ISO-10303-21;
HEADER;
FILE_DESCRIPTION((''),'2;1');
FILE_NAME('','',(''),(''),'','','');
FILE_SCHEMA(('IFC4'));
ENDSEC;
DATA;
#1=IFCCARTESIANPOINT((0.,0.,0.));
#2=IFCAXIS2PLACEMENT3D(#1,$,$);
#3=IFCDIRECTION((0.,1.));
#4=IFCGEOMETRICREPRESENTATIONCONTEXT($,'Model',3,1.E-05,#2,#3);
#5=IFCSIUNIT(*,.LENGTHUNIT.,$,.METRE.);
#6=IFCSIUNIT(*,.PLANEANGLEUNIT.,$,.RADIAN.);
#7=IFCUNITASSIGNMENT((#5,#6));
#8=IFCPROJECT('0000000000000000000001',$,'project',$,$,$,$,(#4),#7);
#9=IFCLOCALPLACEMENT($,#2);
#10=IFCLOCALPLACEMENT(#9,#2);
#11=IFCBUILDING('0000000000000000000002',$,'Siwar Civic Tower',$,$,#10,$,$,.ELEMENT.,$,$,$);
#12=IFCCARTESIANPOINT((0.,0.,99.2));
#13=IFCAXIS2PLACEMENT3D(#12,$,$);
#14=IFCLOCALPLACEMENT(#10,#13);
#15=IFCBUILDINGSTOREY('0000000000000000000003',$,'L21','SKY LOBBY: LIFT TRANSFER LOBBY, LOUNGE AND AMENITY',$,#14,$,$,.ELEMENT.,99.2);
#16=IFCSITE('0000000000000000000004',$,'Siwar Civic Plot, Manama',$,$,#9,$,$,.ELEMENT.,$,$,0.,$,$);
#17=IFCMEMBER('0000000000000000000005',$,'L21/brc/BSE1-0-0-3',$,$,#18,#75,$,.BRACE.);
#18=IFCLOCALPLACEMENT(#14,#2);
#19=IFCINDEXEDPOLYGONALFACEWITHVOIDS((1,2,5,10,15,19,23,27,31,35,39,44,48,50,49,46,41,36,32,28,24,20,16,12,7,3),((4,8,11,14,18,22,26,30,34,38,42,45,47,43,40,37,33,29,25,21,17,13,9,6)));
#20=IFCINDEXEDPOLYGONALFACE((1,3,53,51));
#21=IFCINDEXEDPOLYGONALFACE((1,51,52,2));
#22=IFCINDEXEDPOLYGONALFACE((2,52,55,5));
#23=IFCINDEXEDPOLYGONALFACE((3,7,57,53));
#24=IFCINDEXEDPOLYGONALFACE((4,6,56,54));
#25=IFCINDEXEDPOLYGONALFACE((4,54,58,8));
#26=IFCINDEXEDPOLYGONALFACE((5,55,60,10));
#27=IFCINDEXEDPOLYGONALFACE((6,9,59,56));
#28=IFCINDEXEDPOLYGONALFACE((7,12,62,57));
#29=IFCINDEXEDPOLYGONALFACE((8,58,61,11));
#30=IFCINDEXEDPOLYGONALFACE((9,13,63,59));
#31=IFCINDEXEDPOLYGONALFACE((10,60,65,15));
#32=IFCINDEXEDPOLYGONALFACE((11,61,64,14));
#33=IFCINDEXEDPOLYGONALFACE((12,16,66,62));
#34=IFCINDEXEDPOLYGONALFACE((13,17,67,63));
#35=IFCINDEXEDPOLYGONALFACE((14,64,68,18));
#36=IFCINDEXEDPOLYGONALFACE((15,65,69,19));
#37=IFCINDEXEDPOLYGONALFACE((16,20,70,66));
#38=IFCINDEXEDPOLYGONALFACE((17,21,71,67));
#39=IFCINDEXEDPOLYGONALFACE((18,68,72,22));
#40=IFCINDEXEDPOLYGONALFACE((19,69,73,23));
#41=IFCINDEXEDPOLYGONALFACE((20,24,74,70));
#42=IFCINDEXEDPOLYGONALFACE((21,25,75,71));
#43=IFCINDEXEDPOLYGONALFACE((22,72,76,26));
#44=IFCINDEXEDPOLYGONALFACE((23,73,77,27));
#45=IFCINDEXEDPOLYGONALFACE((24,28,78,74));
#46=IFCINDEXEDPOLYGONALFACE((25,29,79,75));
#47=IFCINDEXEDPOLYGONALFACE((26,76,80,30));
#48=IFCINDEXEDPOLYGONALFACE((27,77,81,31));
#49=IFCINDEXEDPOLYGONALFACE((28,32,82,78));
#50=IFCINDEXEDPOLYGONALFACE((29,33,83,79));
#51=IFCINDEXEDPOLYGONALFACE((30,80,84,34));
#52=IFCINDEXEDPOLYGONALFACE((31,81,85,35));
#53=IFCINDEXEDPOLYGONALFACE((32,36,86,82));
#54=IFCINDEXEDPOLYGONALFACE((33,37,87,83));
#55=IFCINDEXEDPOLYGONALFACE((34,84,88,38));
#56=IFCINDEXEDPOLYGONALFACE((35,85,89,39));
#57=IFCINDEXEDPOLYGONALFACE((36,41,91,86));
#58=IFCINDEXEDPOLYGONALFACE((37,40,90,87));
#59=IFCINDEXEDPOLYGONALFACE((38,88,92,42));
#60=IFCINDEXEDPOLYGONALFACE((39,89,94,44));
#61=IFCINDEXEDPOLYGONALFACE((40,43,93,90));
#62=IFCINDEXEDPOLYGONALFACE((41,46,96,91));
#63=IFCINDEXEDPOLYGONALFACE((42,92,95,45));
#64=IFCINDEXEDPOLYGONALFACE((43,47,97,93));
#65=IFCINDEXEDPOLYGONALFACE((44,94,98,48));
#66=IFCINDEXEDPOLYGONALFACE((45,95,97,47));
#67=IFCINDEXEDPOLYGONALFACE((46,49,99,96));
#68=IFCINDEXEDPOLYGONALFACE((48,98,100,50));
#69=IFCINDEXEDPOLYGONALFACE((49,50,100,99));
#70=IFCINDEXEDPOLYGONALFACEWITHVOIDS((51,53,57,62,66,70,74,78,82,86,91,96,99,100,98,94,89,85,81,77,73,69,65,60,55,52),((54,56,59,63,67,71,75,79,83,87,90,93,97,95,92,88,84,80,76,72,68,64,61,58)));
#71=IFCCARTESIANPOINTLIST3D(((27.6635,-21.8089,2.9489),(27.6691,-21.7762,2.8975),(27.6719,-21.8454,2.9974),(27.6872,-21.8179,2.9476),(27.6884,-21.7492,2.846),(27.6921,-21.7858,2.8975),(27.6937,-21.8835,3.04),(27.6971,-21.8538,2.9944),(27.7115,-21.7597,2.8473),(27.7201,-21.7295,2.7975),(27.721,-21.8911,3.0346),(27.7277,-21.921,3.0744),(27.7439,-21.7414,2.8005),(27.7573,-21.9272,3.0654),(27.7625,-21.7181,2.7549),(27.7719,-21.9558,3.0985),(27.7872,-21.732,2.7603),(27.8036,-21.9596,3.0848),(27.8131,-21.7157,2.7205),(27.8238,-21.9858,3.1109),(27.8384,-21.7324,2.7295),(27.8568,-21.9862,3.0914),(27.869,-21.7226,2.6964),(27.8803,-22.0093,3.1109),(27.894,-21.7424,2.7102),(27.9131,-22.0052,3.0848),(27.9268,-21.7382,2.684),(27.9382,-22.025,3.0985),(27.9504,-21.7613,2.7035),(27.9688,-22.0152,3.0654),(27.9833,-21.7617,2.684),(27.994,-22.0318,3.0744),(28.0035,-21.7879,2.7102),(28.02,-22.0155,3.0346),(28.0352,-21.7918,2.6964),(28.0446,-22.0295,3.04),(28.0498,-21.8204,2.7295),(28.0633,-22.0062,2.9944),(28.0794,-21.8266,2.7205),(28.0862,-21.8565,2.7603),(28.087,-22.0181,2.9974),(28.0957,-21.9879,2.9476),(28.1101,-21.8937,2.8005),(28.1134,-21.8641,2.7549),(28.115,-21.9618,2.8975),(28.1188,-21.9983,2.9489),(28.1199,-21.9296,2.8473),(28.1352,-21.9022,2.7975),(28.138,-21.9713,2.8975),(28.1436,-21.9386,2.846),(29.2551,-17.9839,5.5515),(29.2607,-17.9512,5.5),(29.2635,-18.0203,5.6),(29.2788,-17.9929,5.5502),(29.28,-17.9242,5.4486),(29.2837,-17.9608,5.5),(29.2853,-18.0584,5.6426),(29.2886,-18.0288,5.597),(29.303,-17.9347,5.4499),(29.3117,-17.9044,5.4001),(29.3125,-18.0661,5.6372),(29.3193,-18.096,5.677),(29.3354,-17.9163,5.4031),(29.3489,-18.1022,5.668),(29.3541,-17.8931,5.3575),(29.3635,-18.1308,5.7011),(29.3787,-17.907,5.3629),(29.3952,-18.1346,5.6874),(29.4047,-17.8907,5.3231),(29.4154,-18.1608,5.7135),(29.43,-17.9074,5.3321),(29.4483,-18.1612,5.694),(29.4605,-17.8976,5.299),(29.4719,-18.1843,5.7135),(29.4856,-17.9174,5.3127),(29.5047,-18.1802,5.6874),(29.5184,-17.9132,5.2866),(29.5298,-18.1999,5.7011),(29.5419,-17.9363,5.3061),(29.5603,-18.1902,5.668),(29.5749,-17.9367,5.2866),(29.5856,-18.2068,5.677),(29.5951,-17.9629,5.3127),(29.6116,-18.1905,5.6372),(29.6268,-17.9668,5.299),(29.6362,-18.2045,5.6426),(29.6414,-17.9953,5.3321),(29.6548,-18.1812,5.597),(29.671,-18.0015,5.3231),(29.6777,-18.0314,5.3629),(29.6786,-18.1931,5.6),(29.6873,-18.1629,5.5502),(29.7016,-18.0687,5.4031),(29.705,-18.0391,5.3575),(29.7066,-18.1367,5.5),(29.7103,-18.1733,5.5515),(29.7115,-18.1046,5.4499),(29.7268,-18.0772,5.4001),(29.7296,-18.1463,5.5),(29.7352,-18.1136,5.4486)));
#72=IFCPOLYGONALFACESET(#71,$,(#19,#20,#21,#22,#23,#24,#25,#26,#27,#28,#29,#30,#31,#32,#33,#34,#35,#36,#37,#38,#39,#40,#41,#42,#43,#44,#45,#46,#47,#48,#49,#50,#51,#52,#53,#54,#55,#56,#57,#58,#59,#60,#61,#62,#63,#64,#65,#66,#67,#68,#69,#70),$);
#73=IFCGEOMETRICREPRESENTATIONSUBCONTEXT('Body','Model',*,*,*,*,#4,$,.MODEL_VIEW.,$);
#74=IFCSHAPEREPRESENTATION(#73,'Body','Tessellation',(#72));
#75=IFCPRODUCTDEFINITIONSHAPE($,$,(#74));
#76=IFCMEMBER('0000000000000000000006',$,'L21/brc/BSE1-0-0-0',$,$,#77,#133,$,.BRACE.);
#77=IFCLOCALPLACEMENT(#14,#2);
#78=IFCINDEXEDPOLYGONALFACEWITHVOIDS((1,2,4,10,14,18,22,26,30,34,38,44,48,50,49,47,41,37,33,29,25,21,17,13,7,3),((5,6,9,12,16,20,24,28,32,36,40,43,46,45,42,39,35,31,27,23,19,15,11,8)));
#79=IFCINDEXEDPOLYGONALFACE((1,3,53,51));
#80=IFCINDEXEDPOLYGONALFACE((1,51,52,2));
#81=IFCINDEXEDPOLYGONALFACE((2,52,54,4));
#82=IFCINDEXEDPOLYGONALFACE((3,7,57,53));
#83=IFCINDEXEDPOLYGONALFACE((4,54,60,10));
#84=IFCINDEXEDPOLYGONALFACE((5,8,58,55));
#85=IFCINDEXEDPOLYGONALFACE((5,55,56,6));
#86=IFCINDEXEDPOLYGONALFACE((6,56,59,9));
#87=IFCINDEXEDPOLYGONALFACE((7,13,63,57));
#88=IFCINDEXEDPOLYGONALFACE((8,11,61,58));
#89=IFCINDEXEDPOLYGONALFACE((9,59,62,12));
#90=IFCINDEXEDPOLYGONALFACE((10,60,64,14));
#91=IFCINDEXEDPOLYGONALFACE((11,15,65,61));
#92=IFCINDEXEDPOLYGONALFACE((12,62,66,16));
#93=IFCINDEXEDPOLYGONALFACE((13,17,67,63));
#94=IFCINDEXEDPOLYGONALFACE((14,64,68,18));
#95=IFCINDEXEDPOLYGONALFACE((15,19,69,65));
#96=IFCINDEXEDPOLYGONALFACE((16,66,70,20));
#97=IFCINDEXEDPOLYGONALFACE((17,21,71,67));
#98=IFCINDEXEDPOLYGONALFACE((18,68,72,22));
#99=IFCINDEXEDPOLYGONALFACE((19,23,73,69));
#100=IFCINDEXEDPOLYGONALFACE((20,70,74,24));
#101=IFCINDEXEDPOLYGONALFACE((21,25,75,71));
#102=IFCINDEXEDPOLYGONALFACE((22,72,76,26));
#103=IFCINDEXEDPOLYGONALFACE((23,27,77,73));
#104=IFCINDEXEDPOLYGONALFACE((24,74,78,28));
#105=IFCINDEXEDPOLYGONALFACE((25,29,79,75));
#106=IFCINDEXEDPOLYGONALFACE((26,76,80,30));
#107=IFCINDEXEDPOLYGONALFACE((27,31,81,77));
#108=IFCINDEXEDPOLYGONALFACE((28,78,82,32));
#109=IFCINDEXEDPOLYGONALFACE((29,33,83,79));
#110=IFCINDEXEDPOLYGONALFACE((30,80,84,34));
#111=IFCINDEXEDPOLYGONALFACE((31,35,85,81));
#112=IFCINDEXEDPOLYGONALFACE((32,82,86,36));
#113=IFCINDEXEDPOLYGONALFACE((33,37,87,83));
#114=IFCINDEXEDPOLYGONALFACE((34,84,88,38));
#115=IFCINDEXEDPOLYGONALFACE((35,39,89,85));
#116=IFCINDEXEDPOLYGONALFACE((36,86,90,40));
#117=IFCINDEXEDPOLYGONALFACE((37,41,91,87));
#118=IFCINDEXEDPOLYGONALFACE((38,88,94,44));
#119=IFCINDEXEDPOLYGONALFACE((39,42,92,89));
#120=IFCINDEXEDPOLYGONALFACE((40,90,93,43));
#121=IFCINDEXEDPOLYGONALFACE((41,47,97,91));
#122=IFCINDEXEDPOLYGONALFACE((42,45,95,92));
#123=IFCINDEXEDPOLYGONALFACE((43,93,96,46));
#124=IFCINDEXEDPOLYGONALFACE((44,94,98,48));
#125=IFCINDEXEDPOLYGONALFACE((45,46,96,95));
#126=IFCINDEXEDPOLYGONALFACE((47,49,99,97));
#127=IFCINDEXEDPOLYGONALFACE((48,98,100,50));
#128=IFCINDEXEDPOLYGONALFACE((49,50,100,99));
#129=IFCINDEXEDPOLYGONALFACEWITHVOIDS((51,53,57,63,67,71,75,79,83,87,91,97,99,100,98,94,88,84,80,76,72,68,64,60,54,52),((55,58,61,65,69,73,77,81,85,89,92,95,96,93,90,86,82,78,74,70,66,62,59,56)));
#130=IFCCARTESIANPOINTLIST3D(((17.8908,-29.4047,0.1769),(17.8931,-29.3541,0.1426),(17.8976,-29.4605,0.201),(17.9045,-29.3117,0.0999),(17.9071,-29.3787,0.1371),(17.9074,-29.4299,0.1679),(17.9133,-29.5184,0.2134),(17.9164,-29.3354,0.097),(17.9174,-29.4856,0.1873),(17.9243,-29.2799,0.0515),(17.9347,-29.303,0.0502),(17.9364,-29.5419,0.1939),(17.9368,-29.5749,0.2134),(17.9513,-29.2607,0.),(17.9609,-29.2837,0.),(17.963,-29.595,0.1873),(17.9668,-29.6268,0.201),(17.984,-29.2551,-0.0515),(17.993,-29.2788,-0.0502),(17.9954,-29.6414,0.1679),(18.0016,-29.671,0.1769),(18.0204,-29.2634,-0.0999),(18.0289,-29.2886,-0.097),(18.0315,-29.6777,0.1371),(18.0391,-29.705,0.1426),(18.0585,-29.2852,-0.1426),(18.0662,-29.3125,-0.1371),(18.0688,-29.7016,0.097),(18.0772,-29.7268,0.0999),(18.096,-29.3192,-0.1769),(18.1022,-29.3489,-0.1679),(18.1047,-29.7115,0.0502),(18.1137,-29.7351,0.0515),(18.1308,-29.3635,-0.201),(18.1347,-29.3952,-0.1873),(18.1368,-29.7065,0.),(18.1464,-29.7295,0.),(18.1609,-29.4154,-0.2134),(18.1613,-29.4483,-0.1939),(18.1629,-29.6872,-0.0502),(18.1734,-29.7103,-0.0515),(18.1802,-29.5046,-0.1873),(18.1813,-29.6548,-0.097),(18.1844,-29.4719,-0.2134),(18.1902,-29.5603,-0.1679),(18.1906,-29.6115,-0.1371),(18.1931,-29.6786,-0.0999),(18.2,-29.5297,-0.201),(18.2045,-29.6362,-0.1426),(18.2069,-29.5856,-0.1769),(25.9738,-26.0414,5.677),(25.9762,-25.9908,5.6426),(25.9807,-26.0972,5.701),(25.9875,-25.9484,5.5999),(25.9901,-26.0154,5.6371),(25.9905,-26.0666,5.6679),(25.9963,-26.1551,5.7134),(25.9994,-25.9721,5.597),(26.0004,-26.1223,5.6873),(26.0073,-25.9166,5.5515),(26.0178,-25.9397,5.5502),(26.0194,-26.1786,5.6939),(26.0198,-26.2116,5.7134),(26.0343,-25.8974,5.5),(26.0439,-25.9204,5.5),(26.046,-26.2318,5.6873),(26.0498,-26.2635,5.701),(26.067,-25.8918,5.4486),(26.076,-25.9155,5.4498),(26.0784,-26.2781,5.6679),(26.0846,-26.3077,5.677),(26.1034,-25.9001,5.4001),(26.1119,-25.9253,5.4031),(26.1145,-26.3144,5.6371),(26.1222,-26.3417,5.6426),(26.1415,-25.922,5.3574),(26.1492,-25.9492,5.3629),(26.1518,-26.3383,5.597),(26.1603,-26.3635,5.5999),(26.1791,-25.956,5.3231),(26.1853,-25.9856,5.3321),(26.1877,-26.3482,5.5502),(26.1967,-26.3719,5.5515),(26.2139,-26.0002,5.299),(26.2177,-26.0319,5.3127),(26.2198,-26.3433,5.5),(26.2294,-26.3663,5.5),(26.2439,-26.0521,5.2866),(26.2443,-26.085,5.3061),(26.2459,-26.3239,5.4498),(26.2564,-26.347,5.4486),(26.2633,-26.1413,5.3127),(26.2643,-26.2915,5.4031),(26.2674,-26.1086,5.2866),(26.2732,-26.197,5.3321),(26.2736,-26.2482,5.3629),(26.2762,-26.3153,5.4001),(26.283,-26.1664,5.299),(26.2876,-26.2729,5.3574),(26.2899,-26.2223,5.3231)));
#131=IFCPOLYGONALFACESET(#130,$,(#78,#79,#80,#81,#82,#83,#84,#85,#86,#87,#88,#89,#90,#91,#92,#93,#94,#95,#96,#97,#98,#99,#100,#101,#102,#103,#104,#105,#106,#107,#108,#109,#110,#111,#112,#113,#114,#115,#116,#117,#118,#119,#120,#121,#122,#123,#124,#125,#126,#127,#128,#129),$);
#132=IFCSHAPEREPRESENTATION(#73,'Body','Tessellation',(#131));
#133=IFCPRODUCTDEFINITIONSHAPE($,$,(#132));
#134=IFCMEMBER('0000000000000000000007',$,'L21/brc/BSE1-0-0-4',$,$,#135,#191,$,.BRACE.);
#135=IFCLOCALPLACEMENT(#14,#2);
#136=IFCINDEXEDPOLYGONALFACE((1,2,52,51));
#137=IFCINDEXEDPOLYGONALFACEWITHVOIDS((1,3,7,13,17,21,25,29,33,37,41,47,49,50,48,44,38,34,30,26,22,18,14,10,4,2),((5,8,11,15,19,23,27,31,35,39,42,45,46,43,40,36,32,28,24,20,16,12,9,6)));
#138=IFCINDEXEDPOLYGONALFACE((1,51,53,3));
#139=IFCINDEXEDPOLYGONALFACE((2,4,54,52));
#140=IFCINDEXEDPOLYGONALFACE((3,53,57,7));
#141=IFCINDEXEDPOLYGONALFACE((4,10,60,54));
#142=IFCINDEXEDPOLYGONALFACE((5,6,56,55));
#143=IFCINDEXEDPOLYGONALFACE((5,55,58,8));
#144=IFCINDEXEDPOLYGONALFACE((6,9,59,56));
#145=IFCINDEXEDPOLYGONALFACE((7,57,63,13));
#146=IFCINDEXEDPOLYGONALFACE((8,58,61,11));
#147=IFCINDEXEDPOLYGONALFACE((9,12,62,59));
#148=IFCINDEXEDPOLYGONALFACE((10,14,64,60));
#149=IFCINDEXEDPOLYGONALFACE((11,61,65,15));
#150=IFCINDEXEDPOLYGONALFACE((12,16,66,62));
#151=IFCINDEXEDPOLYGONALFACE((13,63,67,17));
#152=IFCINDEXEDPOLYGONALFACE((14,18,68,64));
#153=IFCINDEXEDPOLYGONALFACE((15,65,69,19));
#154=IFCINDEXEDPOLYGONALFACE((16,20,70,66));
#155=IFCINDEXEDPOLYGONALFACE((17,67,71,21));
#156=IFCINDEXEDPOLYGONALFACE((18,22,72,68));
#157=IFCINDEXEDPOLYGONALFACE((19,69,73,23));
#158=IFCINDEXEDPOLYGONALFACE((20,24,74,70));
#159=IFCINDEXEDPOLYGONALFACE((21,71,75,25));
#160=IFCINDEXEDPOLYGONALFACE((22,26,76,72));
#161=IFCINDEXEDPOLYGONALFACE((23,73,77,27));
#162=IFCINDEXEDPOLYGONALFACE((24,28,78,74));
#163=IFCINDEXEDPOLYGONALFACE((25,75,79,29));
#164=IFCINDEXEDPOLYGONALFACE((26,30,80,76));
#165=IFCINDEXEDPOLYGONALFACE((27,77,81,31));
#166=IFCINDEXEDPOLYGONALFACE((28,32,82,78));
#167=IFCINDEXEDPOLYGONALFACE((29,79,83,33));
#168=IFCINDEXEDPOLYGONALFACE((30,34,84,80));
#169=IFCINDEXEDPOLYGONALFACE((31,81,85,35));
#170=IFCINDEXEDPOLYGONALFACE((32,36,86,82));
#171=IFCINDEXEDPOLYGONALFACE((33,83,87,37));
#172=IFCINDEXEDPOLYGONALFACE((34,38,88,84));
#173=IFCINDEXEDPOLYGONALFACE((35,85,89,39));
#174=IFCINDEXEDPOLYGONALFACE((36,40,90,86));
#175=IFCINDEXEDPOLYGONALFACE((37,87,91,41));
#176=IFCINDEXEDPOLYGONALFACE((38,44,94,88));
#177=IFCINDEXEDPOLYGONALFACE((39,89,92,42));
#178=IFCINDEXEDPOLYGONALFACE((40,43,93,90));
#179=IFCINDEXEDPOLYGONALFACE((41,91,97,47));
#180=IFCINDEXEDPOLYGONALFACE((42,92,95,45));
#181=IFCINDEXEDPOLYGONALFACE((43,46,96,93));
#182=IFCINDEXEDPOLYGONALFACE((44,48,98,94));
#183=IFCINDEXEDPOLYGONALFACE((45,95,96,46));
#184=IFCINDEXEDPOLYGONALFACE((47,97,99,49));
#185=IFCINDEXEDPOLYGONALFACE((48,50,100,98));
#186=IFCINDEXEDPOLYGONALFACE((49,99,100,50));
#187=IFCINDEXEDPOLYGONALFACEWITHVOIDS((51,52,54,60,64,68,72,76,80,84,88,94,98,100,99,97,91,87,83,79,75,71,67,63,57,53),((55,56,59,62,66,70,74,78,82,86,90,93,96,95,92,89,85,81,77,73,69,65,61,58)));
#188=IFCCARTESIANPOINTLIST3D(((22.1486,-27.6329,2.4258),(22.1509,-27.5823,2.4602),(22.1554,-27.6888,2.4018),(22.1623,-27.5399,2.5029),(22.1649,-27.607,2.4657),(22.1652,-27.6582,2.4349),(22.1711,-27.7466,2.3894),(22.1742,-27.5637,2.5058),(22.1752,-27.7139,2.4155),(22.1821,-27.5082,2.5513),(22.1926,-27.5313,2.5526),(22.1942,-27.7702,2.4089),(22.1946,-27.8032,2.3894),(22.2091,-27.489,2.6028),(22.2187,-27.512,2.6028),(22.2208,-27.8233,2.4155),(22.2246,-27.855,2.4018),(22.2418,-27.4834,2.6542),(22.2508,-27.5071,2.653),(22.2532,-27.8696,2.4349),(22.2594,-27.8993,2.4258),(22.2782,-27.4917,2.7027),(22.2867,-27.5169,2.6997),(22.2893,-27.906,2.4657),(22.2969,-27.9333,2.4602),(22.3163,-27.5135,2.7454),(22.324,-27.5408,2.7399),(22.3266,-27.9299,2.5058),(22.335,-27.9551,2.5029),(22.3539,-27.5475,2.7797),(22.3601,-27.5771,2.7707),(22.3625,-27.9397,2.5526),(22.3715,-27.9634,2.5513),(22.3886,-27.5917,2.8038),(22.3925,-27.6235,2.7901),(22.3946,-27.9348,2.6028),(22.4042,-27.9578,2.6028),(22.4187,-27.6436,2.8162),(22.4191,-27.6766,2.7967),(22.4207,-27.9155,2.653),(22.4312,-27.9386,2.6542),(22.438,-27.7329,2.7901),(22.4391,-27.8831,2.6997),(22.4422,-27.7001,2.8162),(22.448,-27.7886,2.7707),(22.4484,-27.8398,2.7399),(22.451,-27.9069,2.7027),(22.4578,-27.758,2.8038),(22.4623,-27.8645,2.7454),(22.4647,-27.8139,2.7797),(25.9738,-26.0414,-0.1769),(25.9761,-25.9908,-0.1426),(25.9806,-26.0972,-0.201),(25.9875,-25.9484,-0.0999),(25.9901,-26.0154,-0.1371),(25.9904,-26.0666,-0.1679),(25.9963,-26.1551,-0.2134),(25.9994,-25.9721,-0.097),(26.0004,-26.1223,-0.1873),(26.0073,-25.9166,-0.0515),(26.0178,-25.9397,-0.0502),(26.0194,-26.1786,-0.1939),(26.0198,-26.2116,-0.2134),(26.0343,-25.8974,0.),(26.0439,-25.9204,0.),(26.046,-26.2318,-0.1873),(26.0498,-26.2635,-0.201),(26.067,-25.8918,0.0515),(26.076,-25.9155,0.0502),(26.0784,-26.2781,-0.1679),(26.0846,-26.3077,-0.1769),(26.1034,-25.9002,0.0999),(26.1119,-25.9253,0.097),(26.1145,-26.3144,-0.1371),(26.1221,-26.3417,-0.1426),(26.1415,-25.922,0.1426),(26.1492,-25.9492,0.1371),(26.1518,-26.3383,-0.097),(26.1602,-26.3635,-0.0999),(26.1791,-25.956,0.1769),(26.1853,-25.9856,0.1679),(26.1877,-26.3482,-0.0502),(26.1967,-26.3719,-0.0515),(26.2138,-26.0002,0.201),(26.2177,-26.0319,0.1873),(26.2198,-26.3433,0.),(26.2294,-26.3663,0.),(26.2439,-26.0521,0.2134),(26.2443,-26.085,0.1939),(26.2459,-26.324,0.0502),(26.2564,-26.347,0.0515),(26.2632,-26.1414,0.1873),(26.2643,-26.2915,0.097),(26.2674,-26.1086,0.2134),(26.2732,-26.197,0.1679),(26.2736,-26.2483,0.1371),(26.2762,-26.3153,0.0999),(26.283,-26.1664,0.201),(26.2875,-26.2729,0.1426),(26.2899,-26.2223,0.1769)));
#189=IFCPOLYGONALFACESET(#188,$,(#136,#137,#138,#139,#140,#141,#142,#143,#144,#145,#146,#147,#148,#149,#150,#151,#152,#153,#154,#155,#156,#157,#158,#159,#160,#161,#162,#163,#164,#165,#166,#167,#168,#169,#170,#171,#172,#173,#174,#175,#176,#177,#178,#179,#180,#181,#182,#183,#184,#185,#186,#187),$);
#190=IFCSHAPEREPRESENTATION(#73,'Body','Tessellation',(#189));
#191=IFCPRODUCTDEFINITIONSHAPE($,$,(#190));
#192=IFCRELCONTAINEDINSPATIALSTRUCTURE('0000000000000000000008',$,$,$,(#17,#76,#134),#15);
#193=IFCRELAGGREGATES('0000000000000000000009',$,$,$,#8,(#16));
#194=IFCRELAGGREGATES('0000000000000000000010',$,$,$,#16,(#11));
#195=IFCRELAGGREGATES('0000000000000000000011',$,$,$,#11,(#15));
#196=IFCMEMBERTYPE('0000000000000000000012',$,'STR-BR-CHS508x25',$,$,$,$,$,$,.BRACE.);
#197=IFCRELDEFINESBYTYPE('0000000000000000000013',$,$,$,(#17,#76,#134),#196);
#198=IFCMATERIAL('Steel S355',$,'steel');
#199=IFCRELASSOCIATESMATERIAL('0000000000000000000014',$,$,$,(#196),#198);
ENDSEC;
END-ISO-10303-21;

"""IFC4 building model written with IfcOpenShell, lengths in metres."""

from ifc_helpers import new_model, si_unit, direction, frame, origin, origin_2d, place, context, subcontext, project, spatial, hollow_circle, extrude, material, material_profile, profile_set, type_object, element, save


model = new_model("IFC4")

# Units and contexts
model_context = context("Model", 3, precision=1e-05, world=origin(), true_north=direction((0.0, 1.0)))
body_context = subcontext(model_context, "Body", "Model", "MODEL_VIEW")
ifc_project = project(units=[si_unit("LENGTHUNIT", "METRE"), si_unit("PLANEANGLEUNIT", "RADIAN")], contexts=[model_context])

# Site, building, storey
site_placement = place(None, origin())
site = spatial("IfcSite", under=ifc_project, at=site_placement, Name="Siwar Civic Plot, Manama", CompositionType="ELEMENT", RefElevation=0.0)
building_placement = place(site_placement, origin())
building = spatial("IfcBuilding", under=site, at=building_placement, Name="Siwar Civic Tower", CompositionType="ELEMENT")
storey_placement = place(building_placement, frame((0.0, 0.0, 99.2)))
storey = spatial("IfcBuildingStorey", under=building, at=storey_placement, Name="L21", Description="SKY LOBBY: LIFT TRANSFER LOBBY, LOUNGE AND AMENITY", CompositionType="ELEMENT", Elevation=99.2)

# Members
ifc_material_1 = material(Name="Steel S355", Category="steel")
ifc_material_profile_1 = material_profile(ifc_material_1, hollow_circle(Radius=0.2539, WallThickness=0.0249, at=origin_2d()), Name="CHS508x25")
ifc_profile_set_1 = profile_set([ifc_material_profile_1], Name="Steel S355")
member_type_1 = type_object("IfcMemberType", Name="STR-BR-CHS508x25", PredefinedType="BRACE", material=ifc_profile_set_1)
member_1_placement = place(storey_placement, frame((27.9036, -21.8738, 2.8975), z_axis=(0.325305, 0.7818, 0.531945), x_axis=(-0.923263, 0.384168, 0.0)))
element("IfcMember", 1, at=member_1_placement, inside=storey, type_object=member_type_1, Name="L21/brc/BSE1-0-0-3", PredefinedType="BRACE", context=body_context, shape_type="SweptSolid", body=[
    extrude(hollow_circle(Radius=0.2539, WallThickness=0.0249, at=origin_2d()), origin(), (0.0, 0.0, 1.0), 4.8926),
])
member_2_placement = place(storey_placement, frame((18.0488, -29.4951, 0.0), z_axis=(0.781791, 0.325298, 0.531962), x_axis=(-0.384164, 0.923265, 0.0)))
element("IfcMember", 2, at=member_2_placement, inside=storey, type_object=member_type_1, Name="L21/brc/BSE1-0-0-0", PredefinedType="BRACE", context=body_context, shape_type="SweptSolid", body=[
    extrude(hollow_circle(Radius=0.2539, WallThickness=0.0249, at=origin_2d()), origin(), (0.0, 0.0, 1.0), 10.3391),
])
member_3_placement = place(storey_placement, frame((26.1318, -26.1318, 0.0), z_axis=(-0.781798, -0.325284, 0.53196), x_axis=(0.384147, -0.923272, 0.0)))
element("IfcMember", 3, at=member_3_placement, inside=storey, type_object=member_type_1, Name="L21/brc/BSE1-0-0-4", PredefinedType="BRACE", context=body_context, shape_type="SweptSolid", body=[
    extrude(hollow_circle(Radius=0.2539, WallThickness=0.0249, at=origin_2d()), origin(), (0.0, 0.0, 1.0), 4.8928),
])

save(model, "model.ifc")
